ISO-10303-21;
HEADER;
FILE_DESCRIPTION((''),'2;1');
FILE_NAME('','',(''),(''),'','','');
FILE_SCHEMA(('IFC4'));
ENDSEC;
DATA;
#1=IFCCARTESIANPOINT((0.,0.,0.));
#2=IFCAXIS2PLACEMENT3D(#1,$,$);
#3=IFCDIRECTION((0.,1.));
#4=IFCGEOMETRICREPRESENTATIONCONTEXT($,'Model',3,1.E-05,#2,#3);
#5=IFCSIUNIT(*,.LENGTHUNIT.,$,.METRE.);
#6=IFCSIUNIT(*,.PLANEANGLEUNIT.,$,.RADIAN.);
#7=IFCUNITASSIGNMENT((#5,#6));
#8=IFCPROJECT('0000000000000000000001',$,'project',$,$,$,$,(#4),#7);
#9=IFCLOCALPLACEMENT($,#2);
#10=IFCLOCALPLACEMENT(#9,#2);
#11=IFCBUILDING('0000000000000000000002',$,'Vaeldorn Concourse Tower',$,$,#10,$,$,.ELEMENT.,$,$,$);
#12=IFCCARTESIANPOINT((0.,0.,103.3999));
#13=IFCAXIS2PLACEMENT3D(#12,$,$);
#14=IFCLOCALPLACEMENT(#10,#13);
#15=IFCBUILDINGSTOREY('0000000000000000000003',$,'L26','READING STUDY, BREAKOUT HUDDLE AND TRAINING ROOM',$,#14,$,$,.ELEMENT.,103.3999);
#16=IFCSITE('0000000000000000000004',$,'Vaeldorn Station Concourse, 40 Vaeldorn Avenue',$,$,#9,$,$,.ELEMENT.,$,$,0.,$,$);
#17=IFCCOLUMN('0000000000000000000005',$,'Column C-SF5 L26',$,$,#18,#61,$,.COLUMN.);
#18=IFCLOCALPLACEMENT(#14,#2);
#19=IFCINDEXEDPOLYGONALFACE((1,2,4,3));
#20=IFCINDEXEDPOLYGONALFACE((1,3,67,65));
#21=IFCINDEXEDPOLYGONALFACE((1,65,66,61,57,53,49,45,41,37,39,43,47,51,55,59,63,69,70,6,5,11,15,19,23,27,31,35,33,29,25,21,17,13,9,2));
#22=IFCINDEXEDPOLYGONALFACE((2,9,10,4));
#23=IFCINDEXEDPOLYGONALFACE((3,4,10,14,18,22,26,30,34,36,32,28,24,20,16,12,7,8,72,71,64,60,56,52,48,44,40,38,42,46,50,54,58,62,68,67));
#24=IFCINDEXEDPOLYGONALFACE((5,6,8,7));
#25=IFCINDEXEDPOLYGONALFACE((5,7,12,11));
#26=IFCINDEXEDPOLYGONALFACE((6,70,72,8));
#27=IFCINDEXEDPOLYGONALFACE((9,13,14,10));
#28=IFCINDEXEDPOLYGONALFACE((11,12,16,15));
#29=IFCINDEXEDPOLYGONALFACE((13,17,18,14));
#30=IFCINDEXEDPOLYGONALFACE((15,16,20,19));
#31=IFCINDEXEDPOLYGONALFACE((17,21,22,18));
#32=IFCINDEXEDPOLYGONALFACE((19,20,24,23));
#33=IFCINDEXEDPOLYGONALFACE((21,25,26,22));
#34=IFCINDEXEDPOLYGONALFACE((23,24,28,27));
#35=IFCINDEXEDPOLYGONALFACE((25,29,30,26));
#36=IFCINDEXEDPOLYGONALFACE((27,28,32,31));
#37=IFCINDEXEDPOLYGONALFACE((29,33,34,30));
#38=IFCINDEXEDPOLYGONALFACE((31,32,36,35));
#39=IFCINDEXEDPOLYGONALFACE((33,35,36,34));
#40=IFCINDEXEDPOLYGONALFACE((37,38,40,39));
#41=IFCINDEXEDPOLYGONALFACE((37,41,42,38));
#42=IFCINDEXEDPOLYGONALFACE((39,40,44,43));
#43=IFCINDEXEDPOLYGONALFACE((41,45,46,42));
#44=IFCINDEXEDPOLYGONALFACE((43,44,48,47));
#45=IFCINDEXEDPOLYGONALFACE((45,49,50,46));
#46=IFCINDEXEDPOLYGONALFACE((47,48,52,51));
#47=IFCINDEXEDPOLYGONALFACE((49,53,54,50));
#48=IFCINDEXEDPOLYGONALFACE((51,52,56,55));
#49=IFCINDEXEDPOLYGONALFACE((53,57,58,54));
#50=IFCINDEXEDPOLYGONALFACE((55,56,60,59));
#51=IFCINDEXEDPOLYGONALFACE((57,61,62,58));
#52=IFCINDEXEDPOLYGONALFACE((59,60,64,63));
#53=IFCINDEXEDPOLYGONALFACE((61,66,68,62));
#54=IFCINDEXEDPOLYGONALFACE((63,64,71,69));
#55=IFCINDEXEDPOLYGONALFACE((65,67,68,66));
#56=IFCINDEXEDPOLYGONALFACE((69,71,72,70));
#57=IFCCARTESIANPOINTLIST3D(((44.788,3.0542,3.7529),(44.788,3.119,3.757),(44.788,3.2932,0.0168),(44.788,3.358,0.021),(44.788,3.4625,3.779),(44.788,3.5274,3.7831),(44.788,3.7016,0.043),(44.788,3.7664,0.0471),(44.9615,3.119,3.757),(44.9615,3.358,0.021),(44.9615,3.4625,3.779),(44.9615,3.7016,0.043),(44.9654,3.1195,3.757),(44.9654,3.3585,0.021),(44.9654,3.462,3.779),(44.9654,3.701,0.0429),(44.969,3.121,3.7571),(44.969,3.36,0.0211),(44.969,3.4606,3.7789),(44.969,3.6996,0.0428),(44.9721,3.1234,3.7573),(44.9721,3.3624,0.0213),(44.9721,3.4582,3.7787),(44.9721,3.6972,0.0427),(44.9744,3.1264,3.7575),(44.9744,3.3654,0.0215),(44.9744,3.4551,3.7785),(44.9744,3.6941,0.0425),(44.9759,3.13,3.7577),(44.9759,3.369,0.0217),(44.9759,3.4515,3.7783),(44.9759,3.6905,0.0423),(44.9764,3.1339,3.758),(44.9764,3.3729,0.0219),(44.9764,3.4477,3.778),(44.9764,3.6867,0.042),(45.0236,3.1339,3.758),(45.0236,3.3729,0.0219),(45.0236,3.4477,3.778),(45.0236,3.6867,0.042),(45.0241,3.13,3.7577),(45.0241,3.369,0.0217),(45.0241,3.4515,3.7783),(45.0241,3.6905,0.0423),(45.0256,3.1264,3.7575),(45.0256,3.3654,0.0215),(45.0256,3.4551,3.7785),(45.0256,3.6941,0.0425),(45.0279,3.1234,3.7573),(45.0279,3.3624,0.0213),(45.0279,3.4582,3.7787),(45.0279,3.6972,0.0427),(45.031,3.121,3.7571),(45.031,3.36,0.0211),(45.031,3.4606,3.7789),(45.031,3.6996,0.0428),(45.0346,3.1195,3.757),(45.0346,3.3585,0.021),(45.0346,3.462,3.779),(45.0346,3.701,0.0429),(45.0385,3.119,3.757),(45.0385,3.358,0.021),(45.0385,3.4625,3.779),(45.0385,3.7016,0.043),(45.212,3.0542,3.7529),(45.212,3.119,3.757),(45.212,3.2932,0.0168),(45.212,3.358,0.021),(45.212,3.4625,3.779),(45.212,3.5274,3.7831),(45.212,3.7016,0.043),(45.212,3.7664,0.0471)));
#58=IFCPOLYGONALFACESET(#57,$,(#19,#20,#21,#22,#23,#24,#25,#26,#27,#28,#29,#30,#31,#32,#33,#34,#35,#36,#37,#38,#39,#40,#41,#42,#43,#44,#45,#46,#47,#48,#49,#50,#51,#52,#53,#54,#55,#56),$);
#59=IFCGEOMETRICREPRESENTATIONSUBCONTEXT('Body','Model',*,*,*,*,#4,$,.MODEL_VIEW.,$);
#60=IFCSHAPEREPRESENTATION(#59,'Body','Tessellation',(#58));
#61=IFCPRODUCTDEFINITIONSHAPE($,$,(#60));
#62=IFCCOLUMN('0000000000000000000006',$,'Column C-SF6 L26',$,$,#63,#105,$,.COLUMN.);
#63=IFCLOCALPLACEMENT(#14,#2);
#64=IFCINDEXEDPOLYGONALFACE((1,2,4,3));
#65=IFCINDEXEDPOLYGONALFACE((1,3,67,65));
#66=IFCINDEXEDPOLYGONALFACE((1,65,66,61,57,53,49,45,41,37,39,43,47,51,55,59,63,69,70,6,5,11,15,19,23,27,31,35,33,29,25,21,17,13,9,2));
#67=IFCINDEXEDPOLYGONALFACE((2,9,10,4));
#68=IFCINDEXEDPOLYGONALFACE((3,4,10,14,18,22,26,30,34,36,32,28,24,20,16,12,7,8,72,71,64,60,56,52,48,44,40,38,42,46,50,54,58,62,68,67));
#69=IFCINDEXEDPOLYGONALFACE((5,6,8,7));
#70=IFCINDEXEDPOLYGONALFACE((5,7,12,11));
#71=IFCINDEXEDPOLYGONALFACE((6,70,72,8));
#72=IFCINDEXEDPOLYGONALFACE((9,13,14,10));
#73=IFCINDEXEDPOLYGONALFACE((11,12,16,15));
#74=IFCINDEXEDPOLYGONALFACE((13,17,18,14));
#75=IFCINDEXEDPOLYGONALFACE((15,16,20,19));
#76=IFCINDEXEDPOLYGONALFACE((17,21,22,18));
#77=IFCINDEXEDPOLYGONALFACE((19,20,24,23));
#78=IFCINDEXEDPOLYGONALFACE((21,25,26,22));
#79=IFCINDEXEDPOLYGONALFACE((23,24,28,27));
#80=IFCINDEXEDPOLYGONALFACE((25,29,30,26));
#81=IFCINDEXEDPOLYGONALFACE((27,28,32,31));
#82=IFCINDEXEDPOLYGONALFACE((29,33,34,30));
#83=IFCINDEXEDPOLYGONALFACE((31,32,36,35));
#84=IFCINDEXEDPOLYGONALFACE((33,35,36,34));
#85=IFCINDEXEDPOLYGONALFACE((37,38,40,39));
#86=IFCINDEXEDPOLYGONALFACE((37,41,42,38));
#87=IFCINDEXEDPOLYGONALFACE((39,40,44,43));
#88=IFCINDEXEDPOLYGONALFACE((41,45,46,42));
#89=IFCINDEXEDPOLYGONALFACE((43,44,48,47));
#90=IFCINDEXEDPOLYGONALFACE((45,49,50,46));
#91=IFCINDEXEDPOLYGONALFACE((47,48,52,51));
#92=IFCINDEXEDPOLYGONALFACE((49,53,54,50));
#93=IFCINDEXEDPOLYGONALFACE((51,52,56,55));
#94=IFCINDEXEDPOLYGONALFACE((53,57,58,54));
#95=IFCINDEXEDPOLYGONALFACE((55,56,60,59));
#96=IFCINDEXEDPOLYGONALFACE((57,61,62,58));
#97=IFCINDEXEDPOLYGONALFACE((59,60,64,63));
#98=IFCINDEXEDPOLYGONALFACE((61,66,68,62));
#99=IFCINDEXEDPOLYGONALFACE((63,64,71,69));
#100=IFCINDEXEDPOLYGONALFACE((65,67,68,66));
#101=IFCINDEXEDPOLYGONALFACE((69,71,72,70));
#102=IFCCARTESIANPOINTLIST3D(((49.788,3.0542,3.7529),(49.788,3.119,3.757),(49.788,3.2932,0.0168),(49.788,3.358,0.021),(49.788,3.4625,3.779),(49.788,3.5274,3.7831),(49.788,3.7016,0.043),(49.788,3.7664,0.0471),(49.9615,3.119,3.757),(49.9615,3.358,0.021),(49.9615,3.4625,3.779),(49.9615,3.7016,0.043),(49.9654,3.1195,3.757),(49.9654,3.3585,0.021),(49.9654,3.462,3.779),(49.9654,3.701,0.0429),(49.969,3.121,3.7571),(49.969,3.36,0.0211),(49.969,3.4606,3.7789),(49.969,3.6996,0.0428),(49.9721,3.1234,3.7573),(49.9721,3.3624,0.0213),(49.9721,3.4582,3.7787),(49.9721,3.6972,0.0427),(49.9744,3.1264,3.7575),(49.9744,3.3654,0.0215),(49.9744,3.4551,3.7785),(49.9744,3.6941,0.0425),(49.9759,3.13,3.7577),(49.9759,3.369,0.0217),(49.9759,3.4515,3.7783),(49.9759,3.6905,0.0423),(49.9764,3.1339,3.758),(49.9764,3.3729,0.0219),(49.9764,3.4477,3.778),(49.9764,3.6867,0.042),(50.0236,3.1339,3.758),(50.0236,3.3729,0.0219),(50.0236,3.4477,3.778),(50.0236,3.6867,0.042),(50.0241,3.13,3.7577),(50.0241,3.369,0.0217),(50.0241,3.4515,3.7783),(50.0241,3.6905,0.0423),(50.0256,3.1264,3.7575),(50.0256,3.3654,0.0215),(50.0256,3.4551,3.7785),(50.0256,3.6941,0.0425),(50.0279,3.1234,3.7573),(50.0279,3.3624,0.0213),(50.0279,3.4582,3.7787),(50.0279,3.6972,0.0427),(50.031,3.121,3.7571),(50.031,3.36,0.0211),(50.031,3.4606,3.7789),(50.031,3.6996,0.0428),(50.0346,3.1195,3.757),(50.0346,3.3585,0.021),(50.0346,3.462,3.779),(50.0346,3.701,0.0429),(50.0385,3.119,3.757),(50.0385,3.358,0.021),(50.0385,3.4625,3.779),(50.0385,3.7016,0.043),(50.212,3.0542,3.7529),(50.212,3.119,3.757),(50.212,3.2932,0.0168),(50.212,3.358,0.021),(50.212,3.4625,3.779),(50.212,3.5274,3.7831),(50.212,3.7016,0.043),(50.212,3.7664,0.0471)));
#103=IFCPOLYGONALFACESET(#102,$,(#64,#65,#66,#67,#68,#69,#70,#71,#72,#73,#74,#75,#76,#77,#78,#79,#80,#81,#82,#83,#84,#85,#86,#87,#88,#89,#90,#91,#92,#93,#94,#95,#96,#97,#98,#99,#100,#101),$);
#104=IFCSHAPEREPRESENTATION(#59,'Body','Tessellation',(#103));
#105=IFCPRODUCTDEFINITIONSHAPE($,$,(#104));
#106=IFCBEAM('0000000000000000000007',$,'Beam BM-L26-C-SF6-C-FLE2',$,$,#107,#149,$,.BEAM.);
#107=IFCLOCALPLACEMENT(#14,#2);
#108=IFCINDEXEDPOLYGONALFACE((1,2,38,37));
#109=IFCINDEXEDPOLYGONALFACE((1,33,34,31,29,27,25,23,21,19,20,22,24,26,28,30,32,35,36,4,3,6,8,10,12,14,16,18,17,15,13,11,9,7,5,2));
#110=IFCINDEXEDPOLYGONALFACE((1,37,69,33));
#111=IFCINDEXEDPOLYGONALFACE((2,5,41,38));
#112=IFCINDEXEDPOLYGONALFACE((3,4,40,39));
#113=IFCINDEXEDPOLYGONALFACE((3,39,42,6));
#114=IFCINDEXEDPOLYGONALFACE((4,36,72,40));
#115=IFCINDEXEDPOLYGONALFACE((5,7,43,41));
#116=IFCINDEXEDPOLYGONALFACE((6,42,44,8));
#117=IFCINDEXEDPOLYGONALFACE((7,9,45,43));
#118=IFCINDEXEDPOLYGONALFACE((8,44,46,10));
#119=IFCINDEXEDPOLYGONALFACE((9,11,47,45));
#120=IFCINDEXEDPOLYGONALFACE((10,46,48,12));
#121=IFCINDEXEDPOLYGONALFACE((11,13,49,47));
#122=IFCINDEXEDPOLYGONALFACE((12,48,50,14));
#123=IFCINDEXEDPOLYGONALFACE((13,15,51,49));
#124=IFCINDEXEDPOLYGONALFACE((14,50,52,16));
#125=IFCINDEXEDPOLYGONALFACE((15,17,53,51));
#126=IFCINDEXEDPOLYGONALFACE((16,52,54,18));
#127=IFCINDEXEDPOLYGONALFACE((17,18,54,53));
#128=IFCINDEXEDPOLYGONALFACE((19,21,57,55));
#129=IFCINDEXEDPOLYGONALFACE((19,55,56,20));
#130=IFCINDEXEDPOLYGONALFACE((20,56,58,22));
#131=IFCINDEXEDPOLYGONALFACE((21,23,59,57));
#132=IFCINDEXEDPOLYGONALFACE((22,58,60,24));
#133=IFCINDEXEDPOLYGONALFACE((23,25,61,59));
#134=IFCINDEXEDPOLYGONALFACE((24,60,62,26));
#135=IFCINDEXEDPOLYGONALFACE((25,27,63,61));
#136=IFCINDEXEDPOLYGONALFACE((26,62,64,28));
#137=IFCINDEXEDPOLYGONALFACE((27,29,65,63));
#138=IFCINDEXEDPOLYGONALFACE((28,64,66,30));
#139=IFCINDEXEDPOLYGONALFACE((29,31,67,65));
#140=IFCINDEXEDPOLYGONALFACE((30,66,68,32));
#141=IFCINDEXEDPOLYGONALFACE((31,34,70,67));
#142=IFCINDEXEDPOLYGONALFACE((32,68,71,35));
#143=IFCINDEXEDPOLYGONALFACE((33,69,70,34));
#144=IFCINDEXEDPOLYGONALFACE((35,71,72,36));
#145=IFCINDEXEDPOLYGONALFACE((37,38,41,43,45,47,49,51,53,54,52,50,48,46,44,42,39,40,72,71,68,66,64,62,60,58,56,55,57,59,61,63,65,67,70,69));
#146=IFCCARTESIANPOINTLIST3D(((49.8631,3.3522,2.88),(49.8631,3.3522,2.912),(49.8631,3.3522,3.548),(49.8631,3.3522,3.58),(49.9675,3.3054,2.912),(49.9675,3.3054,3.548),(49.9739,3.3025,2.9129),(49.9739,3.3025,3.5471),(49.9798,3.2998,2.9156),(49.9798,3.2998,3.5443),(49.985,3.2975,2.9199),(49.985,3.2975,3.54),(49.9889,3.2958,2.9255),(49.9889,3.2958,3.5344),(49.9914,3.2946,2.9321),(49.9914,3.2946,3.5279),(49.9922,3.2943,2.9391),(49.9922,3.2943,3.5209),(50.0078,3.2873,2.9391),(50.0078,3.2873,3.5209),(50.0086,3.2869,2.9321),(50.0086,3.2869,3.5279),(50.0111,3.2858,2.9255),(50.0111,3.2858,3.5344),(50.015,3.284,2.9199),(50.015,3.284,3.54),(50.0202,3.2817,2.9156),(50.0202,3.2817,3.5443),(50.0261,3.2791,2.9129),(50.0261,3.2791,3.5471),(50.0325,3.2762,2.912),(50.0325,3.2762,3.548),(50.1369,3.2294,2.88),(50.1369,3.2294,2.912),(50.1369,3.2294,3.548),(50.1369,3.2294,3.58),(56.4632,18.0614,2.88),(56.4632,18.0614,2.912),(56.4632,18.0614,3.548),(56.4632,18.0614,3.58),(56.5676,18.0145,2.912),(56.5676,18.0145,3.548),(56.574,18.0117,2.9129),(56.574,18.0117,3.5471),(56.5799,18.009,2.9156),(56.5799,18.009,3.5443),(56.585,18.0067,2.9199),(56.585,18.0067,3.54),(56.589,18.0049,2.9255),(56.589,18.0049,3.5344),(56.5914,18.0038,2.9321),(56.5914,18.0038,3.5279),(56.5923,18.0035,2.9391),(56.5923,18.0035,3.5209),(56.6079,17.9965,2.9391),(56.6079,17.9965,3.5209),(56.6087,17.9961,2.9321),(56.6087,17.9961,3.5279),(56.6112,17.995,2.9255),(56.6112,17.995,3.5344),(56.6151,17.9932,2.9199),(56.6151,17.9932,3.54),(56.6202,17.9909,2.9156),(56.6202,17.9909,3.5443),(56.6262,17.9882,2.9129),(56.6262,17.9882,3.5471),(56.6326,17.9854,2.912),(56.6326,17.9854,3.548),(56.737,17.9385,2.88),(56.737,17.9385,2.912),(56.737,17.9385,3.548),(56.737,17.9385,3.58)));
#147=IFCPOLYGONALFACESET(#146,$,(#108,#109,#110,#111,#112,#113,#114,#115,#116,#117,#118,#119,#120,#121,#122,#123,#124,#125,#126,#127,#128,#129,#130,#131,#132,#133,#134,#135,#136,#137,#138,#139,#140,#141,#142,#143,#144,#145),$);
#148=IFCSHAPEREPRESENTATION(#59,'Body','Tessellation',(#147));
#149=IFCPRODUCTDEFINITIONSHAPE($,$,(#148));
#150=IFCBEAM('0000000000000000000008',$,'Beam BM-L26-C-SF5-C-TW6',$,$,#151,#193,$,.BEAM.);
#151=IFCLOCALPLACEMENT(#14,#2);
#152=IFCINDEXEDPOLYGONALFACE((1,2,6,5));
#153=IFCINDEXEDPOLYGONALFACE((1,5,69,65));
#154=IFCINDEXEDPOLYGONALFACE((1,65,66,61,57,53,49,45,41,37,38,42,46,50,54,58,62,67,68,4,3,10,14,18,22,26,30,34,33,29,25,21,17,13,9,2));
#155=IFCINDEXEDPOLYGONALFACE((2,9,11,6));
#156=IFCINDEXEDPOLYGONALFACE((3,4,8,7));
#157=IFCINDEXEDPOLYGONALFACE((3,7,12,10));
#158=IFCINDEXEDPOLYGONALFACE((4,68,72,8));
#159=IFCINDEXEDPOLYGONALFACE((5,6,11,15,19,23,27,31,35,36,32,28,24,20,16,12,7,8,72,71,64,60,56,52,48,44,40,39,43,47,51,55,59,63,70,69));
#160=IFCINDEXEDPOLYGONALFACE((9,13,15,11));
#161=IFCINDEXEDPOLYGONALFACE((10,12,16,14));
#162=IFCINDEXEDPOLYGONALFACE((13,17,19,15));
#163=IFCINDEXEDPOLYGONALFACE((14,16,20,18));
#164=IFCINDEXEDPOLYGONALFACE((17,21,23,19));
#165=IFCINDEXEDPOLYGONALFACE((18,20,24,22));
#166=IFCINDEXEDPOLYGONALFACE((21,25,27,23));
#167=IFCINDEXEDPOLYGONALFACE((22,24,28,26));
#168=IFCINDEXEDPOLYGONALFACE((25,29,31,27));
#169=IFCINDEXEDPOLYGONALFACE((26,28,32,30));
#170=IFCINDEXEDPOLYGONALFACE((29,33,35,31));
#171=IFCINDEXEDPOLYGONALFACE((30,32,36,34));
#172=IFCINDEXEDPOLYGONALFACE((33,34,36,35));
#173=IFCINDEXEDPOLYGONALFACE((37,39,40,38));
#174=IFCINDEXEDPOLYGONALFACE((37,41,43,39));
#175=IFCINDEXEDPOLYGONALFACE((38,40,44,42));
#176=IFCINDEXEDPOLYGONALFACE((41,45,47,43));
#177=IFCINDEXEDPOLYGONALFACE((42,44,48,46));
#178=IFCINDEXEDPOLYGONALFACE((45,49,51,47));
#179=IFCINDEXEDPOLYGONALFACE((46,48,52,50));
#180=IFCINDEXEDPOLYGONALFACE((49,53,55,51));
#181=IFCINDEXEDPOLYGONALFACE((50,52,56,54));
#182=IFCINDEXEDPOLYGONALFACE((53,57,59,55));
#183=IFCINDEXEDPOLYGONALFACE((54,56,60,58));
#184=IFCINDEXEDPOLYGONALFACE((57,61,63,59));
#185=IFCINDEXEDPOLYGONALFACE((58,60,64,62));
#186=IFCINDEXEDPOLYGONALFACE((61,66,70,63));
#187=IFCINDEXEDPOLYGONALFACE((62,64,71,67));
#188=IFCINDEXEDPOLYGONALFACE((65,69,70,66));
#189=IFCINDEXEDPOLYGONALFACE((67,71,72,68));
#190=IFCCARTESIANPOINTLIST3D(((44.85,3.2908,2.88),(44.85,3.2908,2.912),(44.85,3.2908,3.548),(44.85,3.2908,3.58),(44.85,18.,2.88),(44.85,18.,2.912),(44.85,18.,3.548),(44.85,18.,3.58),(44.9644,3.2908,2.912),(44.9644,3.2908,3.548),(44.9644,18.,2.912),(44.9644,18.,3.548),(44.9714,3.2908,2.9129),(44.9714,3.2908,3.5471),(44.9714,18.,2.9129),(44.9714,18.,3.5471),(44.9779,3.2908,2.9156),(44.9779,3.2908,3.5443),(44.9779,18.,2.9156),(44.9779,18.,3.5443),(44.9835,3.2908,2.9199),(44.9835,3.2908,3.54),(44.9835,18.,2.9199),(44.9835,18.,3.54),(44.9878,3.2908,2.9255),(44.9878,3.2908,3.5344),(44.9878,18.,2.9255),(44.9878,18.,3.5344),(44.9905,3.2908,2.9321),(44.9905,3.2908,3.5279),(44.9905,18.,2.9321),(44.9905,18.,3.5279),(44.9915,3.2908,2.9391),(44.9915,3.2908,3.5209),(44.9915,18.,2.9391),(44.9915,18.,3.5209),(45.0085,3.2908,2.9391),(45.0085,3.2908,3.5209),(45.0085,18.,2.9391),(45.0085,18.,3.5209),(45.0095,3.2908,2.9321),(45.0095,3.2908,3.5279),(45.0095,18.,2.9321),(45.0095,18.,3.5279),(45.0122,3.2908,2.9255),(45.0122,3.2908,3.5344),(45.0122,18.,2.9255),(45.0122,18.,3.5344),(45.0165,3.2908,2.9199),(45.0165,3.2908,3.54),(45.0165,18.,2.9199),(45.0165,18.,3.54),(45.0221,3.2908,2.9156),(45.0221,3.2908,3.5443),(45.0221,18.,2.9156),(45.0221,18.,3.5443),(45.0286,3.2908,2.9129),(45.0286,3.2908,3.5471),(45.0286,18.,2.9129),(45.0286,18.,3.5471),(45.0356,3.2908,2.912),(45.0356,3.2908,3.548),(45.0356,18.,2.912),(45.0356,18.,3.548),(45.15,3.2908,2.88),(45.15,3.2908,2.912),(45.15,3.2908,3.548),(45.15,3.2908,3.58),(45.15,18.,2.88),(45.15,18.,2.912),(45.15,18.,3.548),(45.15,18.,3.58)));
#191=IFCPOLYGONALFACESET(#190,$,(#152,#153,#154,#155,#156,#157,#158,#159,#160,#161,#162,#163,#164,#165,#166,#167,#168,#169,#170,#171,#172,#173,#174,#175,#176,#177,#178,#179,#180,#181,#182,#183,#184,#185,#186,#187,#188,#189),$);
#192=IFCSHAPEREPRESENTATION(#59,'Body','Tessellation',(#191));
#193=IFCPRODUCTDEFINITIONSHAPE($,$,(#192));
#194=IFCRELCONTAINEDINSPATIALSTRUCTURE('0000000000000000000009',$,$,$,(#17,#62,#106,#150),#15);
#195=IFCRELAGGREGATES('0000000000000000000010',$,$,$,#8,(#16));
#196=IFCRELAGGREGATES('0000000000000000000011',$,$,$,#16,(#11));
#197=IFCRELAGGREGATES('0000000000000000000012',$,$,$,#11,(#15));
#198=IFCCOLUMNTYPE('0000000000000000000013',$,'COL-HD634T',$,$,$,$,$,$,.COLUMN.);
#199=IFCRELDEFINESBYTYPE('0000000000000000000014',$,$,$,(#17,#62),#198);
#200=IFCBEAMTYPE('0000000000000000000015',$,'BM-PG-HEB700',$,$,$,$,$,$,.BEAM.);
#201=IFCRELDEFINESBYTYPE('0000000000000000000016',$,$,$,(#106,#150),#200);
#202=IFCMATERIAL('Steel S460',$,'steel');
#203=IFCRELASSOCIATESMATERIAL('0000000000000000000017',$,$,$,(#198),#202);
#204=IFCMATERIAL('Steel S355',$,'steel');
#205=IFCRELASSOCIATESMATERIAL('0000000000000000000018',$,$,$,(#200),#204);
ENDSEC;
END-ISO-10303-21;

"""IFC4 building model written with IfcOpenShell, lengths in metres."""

from ifc_helpers import new_model, si_unit, direction, frame, origin, origin_2d, place, context, subcontext, project, spatial, i_section, extrude, source, transform, mapped, material, material_profile, profile_set, type_object, element, save


model = new_model("IFC4")

# Units and contexts
model_context = context("Model", 3, precision=1e-05, world=origin(), true_north=direction((0.0, 1.0)))
body_context = subcontext(model_context, "Body", "Model", "MODEL_VIEW")
ifc_project = project(units=[si_unit("LENGTHUNIT", "METRE"), si_unit("PLANEANGLEUNIT", "RADIAN")], contexts=[model_context])

# Site, building, storey
site_placement = place(None, origin())
site = spatial("IfcSite", under=ifc_project, at=site_placement, Name="Vaeldorn Station Concourse, 40 Vaeldorn Avenue", CompositionType="ELEMENT", RefElevation=0.0)
building_placement = place(site_placement, origin())
building = spatial("IfcBuilding", under=site, at=building_placement, Name="Vaeldorn Concourse Tower", CompositionType="ELEMENT")
storey_placement = place(building_placement, frame((0.0, 0.0, 103.3999)))
storey = spatial("IfcBuildingStorey", under=building, at=storey_placement, Name="L26", Description="READING STUDY, BREAKOUT HUDDLE AND TRAINING ROOM", CompositionType="ELEMENT", Elevation=103.3999)

# Columns
ifc_material_1 = material(Name="Steel S460", Category="steel")
ifc_material_profile_1 = material_profile(ifc_material_1, i_section(OverallWidth=0.4241, OverallDepth=0.4741, WebThickness=0.0471, FlangeThickness=0.0649, FilletRadius=0.0149, at=origin_2d()), Name="HD 400x634")
ifc_profile_set_1 = profile_set([ifc_material_profile_1], Name="Steel S460")
column_type = type_object("IfcColumnType", Name="COL-HD634T", PredefinedType="COLUMN", material=ifc_profile_set_1)
shared_shape_1 = source(origin(), body_context, "Body", "SweptSolid", [
    extrude(i_section(OverallWidth=0.4241, OverallDepth=0.4741, WebThickness=0.0471, FlangeThickness=0.0649, FilletRadius=0.0149, at=origin_2d()), origin(), (0.0, 0.0, 1.0), 3.7437),
])
for number, where, z_axis, x_axis, name in (
    (1, (45.0, 3.5298, 0.032), (0.0, -0.063844, 0.99796), (1.0, 0.0, 0.0), "Column C-SF5 L26"),
    (2, (50.0, 3.5298, 0.032), (0.0, -0.063844, 0.99796), (1.0, 0.0, 0.0), "Column C-SF6 L26"),
):
    element("IfcColumn", number, at=place(storey_placement, frame(where, z_axis=z_axis, x_axis=x_axis)), inside=storey, type_object=column_type, Name=name, PredefinedType="COLUMN", context=body_context, shape_type="MappedRepresentation", body=[
        mapped(shared_shape_1, transform((0.0, 0.0, 0.0), scale=1.0)),
    ])

# Beams
ifc_material_2 = material(Name="Steel S355", Category="steel")
ifc_material_profile_2 = material_profile(ifc_material_2, i_section(OverallWidth=0.3, OverallDepth=0.7, WebThickness=0.0171, FlangeThickness=0.032, FilletRadius=0.0271, at=origin_2d()), Name="HEB 700")
ifc_profile_set_2 = profile_set([ifc_material_profile_2], Name="Steel S355")
beam_type = type_object("IfcBeamType", Name="BM-PG-HEB700", PredefinedType="BEAM", material=ifc_profile_set_2)
shared_shape_2 = source(origin(), body_context, "Body", "SweptSolid", [
    extrude(i_section(OverallWidth=0.3, OverallDepth=0.7, WebThickness=0.0171, FlangeThickness=0.032, FilletRadius=0.0271, at=origin_2d()), origin(), (0.0, 0.0, 1.0), 16.1221),
])
beam_1_placement = place(storey_placement, frame((50.0, 3.2908, 3.23), z_axis=(0.409382, 0.912363, 0.0), x_axis=(-0.912363, 0.409382, 0.0)))
element("IfcBeam", 3, at=beam_1_placement, inside=storey, type_object=beam_type, Name="Beam BM-L26-C-SF6-C-FLE2", PredefinedType="BEAM", context=body_context, shape_type="MappedRepresentation", body=[
    mapped(shared_shape_2, transform((0.0, 0.0, 0.0), scale=1.0)),
])
shared_shape_3 = source(origin(), body_context, "Body", "SweptSolid", [
    extrude(i_section(OverallWidth=0.3, OverallDepth=0.7, WebThickness=0.0171, FlangeThickness=0.032, FilletRadius=0.0271, at=origin_2d()), origin(), (0.0, 0.0, 1.0), 14.7092),
])
beam_2_placement = place(storey_placement, frame((45.0, 3.2908, 3.23), z_axis=(0.0, 1.0, 0.0), x_axis=(-1.0, 0.0, 0.0)))
element("IfcBeam", 4, at=beam_2_placement, inside=storey, type_object=beam_type, Name="Beam BM-L26-C-SF5-C-TW6", PredefinedType="BEAM", context=body_context, shape_type="MappedRepresentation", body=[
    mapped(shared_shape_3, transform((0.0, 0.0, 0.0), scale=1.0)),
])

save(model, "model.ifc")
